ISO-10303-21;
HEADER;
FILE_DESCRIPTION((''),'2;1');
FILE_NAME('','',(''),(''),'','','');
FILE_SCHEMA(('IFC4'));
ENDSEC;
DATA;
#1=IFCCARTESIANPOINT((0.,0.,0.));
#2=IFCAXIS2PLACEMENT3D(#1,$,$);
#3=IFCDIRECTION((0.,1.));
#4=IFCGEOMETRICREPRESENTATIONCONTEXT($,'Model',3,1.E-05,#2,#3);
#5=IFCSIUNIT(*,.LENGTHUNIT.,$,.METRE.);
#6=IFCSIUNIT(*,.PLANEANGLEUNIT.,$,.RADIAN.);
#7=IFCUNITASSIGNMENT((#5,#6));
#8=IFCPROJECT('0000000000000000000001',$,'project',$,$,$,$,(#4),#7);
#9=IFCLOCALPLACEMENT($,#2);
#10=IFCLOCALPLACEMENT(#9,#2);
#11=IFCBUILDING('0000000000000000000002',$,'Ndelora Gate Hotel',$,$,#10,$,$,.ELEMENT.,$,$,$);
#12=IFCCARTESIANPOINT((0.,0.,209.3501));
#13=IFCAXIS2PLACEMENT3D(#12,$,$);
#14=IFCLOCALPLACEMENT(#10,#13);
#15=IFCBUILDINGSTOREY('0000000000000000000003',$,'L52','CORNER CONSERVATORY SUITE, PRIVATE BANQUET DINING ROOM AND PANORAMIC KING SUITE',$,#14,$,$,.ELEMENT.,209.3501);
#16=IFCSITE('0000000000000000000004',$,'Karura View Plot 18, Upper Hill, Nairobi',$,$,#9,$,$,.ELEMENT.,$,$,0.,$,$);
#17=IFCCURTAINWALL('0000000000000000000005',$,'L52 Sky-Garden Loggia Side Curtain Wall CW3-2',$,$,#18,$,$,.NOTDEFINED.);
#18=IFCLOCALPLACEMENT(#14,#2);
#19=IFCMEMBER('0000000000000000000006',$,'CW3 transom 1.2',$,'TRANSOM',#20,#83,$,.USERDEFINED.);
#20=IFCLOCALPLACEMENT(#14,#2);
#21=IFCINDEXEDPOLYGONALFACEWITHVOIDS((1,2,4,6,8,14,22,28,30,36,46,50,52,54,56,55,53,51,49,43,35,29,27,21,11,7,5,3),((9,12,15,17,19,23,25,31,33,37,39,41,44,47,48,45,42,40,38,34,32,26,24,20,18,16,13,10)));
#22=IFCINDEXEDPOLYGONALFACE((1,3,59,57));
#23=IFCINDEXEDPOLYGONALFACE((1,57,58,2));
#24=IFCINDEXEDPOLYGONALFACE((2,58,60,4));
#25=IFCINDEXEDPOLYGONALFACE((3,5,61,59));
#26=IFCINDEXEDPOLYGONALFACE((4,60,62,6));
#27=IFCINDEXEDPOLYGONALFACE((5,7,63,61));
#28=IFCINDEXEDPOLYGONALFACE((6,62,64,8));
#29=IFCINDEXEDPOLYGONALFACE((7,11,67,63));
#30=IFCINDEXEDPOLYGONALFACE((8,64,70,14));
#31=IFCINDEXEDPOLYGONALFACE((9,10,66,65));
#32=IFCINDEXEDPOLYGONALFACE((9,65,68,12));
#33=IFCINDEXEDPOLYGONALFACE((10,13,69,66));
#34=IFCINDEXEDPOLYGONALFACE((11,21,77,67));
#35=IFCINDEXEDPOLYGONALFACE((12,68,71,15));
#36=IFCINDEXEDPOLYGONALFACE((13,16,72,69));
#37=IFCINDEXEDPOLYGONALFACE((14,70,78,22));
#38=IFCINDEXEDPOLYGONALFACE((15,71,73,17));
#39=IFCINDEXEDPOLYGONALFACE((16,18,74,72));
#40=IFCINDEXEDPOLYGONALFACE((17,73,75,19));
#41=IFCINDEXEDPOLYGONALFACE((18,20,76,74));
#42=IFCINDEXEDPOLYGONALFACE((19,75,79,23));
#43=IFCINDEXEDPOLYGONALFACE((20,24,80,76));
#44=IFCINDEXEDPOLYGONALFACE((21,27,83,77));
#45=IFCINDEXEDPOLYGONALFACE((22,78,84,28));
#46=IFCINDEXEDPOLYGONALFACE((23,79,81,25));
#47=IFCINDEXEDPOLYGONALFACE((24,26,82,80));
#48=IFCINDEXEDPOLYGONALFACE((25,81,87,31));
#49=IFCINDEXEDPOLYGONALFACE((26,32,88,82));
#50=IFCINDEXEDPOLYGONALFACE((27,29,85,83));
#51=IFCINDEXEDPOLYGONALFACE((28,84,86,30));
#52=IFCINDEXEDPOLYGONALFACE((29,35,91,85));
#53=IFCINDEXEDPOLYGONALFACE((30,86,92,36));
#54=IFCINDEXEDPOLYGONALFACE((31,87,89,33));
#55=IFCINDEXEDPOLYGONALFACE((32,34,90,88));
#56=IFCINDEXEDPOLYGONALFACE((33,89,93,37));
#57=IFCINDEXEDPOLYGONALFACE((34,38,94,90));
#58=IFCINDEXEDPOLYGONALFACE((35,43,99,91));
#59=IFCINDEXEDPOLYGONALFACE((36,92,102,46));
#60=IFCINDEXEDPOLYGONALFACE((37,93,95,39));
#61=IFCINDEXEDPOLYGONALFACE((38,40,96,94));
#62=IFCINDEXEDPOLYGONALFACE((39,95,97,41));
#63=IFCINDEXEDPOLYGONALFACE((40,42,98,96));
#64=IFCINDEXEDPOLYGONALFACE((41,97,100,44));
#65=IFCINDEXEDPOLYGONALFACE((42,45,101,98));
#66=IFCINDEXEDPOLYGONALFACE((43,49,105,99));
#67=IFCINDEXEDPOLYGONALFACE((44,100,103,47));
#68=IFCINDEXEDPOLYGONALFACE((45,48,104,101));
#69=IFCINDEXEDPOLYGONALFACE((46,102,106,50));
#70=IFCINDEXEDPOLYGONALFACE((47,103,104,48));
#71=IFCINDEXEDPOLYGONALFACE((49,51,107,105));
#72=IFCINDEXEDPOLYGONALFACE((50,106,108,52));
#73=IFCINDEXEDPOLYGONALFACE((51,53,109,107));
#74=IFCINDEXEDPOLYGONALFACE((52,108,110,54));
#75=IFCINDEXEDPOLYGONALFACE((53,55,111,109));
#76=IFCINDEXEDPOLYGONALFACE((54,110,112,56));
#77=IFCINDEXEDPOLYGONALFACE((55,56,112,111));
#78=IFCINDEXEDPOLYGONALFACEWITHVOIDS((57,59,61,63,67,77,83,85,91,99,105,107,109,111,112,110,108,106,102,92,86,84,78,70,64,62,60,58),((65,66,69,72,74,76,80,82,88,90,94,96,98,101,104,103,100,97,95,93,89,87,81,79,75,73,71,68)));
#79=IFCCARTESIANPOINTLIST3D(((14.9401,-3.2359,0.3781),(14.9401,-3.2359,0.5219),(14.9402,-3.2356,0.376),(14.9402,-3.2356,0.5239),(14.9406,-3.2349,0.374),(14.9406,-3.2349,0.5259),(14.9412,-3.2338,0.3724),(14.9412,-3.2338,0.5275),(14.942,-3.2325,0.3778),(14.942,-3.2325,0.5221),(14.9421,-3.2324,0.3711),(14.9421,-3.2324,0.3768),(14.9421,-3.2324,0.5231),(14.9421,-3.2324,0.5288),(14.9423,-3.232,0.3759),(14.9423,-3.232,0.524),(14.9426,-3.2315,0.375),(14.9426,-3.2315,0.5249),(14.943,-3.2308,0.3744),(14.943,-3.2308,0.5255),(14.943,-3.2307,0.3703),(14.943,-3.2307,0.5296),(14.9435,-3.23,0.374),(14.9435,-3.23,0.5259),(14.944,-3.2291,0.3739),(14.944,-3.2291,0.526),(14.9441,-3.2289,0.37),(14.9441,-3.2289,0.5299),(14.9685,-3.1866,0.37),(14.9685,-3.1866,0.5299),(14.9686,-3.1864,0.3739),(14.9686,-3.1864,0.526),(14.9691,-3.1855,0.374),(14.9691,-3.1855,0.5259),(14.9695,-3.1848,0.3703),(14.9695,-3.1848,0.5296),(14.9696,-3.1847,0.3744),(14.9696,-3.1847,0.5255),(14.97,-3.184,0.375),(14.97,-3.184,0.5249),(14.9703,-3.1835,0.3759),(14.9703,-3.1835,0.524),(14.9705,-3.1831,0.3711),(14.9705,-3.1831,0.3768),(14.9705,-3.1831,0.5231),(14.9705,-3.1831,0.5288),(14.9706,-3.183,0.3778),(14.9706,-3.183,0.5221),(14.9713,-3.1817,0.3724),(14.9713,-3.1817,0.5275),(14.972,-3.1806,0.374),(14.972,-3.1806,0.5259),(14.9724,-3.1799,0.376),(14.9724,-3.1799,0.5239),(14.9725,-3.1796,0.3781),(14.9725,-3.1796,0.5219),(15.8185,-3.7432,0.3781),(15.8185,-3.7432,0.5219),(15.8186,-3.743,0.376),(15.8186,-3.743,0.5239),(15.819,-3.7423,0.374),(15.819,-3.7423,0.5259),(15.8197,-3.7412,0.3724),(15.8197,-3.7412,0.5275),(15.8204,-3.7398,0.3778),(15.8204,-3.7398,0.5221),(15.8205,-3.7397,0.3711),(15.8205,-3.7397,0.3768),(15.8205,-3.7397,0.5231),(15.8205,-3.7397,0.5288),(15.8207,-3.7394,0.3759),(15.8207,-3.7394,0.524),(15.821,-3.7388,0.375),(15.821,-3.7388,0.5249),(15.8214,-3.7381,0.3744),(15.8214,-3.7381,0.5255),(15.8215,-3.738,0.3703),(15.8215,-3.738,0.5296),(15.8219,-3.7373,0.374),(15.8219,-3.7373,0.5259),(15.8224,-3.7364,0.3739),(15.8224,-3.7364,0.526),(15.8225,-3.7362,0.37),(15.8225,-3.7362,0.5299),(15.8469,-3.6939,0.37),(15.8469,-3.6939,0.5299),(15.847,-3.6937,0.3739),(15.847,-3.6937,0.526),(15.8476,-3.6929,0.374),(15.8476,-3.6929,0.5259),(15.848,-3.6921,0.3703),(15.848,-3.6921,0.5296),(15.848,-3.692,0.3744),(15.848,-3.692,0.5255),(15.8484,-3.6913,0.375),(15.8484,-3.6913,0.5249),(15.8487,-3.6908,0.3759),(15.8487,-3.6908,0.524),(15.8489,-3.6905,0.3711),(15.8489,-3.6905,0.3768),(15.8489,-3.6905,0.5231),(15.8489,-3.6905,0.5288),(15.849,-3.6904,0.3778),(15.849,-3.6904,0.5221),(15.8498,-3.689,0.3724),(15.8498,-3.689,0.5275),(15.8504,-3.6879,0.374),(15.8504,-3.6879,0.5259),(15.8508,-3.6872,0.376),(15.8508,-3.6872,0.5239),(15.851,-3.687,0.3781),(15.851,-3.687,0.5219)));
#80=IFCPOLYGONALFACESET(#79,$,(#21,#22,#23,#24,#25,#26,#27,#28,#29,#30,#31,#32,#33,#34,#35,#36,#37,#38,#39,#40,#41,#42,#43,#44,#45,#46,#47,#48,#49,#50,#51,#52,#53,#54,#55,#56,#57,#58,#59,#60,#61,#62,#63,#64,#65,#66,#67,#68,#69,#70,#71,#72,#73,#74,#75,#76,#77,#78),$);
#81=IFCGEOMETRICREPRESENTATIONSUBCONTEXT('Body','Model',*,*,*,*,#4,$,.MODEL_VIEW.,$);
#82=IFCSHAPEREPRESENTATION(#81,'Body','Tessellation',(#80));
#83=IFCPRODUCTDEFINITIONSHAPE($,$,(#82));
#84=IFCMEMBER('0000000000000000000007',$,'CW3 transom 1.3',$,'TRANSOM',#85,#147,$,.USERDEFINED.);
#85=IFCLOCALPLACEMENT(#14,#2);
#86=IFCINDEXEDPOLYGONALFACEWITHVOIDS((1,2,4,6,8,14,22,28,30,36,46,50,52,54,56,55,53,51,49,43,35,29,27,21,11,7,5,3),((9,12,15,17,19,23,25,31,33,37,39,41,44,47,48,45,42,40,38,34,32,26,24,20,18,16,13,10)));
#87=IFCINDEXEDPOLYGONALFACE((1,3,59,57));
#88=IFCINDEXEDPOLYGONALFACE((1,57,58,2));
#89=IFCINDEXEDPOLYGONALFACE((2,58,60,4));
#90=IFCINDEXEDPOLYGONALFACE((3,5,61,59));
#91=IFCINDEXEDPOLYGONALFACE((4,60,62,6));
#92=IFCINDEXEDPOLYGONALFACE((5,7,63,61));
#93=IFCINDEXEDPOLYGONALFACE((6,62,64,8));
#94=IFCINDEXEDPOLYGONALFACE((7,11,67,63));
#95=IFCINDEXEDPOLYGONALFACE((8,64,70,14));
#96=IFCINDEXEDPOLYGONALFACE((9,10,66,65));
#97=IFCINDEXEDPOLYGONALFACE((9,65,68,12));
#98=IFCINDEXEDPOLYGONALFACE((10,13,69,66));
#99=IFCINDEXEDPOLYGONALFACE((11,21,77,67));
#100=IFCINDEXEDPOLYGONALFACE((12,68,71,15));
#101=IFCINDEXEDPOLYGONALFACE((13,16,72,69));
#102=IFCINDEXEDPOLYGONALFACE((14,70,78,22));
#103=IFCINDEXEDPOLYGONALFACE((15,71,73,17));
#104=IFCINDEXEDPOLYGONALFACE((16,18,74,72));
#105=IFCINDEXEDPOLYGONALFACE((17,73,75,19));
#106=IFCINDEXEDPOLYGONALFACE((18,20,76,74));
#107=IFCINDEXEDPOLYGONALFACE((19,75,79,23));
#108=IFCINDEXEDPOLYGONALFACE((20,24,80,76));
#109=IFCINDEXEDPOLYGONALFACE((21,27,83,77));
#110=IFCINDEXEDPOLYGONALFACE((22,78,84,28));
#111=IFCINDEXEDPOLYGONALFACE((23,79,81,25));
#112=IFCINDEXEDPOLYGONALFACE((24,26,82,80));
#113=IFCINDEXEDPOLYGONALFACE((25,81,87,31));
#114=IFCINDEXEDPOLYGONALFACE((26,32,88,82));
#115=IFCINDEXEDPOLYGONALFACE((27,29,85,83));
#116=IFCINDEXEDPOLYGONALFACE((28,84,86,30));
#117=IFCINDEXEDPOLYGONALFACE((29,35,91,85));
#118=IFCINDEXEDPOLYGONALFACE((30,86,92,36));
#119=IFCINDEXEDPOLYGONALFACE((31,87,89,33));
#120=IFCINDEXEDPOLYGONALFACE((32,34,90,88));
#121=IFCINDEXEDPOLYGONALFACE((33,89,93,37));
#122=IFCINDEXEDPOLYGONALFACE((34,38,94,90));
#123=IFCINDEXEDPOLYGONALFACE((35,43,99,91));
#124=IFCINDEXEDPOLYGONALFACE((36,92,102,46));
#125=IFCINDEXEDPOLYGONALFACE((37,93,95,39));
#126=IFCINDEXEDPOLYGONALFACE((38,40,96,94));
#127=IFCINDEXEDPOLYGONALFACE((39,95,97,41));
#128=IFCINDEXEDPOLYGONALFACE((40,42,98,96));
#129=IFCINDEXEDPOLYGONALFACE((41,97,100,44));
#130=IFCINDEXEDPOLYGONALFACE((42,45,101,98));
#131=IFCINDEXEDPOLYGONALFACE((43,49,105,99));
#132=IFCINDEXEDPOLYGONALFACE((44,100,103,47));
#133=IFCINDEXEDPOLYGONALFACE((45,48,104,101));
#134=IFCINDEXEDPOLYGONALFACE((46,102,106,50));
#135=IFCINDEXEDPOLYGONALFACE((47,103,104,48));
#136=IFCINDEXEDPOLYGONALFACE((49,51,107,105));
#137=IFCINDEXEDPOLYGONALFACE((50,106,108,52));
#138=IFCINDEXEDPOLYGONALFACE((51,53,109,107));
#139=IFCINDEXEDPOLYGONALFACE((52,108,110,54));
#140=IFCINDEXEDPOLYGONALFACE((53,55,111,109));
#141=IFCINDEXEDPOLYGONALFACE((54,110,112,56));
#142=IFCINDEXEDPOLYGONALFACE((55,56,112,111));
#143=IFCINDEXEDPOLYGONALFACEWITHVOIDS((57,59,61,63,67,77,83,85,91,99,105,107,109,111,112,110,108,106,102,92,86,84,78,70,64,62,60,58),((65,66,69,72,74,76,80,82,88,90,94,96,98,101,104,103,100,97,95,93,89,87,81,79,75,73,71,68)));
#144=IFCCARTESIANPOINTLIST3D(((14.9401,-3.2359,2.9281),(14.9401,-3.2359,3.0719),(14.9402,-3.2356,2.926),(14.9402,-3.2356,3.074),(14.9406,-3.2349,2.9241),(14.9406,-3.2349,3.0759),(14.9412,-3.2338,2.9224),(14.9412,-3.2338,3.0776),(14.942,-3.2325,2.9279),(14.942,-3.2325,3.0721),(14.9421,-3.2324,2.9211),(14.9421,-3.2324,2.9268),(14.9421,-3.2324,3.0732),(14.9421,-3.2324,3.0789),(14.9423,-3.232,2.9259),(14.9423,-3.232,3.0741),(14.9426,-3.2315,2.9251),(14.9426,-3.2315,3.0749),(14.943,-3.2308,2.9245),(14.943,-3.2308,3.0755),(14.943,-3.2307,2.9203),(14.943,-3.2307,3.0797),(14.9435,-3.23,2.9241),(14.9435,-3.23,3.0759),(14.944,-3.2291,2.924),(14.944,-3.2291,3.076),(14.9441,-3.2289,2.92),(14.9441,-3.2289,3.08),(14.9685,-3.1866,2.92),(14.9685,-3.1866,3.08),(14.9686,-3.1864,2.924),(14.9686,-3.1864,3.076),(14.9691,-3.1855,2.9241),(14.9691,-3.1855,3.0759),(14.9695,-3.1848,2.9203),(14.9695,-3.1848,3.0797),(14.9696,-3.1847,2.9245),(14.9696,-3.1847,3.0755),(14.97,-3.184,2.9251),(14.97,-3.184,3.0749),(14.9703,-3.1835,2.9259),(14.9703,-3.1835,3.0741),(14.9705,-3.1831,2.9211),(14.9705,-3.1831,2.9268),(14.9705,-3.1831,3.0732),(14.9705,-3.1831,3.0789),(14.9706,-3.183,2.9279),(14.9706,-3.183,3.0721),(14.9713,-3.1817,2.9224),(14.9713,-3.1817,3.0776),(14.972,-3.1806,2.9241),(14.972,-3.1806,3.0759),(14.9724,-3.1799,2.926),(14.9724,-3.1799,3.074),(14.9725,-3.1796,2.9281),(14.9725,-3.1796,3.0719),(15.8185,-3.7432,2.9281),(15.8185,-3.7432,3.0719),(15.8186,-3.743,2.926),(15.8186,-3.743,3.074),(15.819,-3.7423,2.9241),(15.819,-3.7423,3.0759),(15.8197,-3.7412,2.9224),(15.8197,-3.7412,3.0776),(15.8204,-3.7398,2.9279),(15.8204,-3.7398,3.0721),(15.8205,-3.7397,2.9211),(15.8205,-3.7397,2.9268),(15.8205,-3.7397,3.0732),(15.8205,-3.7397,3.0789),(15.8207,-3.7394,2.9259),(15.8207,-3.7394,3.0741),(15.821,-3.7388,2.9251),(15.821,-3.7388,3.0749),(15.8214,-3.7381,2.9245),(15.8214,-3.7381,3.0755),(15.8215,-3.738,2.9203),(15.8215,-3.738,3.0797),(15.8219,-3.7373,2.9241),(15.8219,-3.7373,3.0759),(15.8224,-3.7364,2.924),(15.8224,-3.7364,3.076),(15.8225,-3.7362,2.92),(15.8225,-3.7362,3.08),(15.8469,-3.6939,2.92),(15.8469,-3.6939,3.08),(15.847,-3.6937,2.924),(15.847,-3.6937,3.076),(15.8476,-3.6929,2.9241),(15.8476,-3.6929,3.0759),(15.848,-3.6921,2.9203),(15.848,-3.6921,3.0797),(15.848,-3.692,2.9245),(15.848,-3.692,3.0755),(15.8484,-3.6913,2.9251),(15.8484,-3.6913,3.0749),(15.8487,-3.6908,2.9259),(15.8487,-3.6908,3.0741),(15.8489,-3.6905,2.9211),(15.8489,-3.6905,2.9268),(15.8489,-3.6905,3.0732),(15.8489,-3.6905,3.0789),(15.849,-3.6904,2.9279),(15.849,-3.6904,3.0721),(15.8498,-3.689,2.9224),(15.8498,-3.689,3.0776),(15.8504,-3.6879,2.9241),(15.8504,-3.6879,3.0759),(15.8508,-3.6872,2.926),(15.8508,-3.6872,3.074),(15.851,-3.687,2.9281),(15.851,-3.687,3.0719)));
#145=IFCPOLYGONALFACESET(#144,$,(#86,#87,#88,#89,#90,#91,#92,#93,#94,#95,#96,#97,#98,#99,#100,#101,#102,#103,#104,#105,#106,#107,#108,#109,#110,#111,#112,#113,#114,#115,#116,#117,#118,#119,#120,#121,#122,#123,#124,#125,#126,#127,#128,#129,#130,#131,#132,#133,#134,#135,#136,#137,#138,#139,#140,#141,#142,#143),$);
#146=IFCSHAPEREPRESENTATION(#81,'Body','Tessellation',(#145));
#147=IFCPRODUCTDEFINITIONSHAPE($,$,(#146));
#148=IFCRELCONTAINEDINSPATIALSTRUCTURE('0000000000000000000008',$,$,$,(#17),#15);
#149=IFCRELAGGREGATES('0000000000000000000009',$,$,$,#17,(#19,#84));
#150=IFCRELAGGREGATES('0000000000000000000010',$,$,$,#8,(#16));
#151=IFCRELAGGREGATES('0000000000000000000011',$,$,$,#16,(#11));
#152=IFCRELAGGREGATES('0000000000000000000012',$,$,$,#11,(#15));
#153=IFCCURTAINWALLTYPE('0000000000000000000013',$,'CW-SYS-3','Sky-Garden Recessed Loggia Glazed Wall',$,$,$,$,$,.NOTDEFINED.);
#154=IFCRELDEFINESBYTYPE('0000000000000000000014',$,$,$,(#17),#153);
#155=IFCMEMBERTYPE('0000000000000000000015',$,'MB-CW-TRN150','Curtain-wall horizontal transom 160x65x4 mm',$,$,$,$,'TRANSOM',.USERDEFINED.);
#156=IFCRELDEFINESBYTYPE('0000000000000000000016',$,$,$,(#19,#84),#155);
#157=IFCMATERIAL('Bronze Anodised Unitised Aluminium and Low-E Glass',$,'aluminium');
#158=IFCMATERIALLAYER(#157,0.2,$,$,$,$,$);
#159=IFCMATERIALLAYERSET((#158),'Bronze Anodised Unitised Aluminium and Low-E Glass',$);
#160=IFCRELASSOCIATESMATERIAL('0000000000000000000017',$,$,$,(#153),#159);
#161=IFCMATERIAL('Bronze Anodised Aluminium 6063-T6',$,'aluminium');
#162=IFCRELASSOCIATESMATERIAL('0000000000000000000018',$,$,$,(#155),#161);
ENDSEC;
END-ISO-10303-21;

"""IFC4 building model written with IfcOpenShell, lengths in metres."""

from ifc_helpers import new_model, si_unit, direction, frame, origin, origin_2d, place, context, subcontext, project, spatial, hollow_rectangle, extrude, material, layer, layer_set, material_profile, profile_set, type_object, element, aggregate, save


model = new_model("IFC4")

# Units and contexts
model_context = context("Model", 3, precision=1e-05, world=origin(), true_north=direction((0.0, 1.0)))
body_context = subcontext(model_context, "Body", "Model", "MODEL_VIEW")
ifc_project = project(units=[si_unit("LENGTHUNIT", "METRE"), si_unit("PLANEANGLEUNIT", "RADIAN")], contexts=[model_context])

# Site, building, storey
site_placement = place(None, origin())
site = spatial("IfcSite", under=ifc_project, at=site_placement, Name="Karura View Plot 18, Upper Hill, Nairobi", CompositionType="ELEMENT", RefElevation=0.0)
building_placement = place(site_placement, origin())
building = spatial("IfcBuilding", under=site, at=building_placement, Name="Ndelora Gate Hotel", CompositionType="ELEMENT")
storey_placement = place(building_placement, frame((0.0, 0.0, 209.3501)))
storey = spatial("IfcBuildingStorey", under=building, at=storey_placement, Name="L52", Description="CORNER CONSERVATORY SUITE, PRIVATE BANQUET DINING ROOM AND PANORAMIC KING SUITE", CompositionType="ELEMENT", Elevation=209.3501)

# Curtain wall, members
ifc_material_1 = material(Name="Bronze Anodised Unitised Aluminium and Low-E Glass", Category="aluminium")
ifc_layer_1 = layer(ifc_material_1, 0.2)
ifc_layer_set_1 = layer_set([ifc_layer_1], Name="Bronze Anodised Unitised Aluminium and Low-E Glass")
curtain_wall_type = type_object("IfcCurtainWallType", Name="CW-SYS-3", Description="Sky-Garden Recessed Loggia Glazed Wall", PredefinedType="NOTDEFINED", material=ifc_layer_set_1)
curtain_wall_placement = place(storey_placement, origin())
curtain_wall = element("IfcCurtainWall", 1, at=curtain_wall_placement, inside=storey, type_object=curtain_wall_type, Name="L52 Sky-Garden Loggia Side Curtain Wall CW3-2", PredefinedType="NOTDEFINED")
ifc_material_2 = material(Name="Bronze Anodised Aluminium 6063-T6", Category="aluminium")
ifc_material_profile_1 = material_profile(ifc_material_2, hollow_rectangle(XDim=0.0649, YDim=0.1599, WallThickness=0.0039, InnerFilletRadius=0.0039, OuterFilletRadius=0.0081, at=origin_2d()), Name="ALU 160x65x4")
ifc_profile_set_1 = profile_set([ifc_material_profile_1], Name="Bronze Anodised Aluminium 6063-T6")
member_type_1 = type_object("IfcMemberType", Name="MB-CW-TRN150", Description="Curtain-wall horizontal transom 160x65x4 mm", ElementType="TRANSOM", PredefinedType="USERDEFINED", material=ifc_profile_set_1)
member_1_placement = place(storey_placement, frame((15.8347, -3.7151, 0.45), z_axis=(-0.865953, 0.500125, 0.0), x_axis=(-0.500125, -0.865953, 0.0)))
member_1 = element("IfcMember", 2, at=member_1_placement, type_object=member_type_1, Name="CW3 transom 1.2", ObjectType="TRANSOM", PredefinedType="USERDEFINED", context=body_context, shape_type="SweptSolid", body=[
    extrude(hollow_rectangle(XDim=0.0649, YDim=0.1599, WallThickness=0.0039, InnerFilletRadius=0.0039, OuterFilletRadius=0.0081, at=origin_2d()), origin(), (0.0, 0.0, 1.0), 1.0144),
])
member_2_placement = place(storey_placement, frame((15.8347, -3.7151, 3.0), z_axis=(-0.865953, 0.500125, 0.0), x_axis=(-0.500125, -0.865953, 0.0)))
member_2 = element("IfcMember", 3, at=member_2_placement, type_object=member_type_1, Name="CW3 transom 1.3", ObjectType="TRANSOM", PredefinedType="USERDEFINED", context=body_context, shape_type="SweptSolid", body=[
    extrude(hollow_rectangle(XDim=0.0649, YDim=0.1599, WallThickness=0.0039, InnerFilletRadius=0.0039, OuterFilletRadius=0.0081, at=origin_2d()), origin(), (0.0, 0.0, 1.0), 1.0144),
])
aggregate(curtain_wall, [member_1, member_2])

save(model, "model.ifc")
